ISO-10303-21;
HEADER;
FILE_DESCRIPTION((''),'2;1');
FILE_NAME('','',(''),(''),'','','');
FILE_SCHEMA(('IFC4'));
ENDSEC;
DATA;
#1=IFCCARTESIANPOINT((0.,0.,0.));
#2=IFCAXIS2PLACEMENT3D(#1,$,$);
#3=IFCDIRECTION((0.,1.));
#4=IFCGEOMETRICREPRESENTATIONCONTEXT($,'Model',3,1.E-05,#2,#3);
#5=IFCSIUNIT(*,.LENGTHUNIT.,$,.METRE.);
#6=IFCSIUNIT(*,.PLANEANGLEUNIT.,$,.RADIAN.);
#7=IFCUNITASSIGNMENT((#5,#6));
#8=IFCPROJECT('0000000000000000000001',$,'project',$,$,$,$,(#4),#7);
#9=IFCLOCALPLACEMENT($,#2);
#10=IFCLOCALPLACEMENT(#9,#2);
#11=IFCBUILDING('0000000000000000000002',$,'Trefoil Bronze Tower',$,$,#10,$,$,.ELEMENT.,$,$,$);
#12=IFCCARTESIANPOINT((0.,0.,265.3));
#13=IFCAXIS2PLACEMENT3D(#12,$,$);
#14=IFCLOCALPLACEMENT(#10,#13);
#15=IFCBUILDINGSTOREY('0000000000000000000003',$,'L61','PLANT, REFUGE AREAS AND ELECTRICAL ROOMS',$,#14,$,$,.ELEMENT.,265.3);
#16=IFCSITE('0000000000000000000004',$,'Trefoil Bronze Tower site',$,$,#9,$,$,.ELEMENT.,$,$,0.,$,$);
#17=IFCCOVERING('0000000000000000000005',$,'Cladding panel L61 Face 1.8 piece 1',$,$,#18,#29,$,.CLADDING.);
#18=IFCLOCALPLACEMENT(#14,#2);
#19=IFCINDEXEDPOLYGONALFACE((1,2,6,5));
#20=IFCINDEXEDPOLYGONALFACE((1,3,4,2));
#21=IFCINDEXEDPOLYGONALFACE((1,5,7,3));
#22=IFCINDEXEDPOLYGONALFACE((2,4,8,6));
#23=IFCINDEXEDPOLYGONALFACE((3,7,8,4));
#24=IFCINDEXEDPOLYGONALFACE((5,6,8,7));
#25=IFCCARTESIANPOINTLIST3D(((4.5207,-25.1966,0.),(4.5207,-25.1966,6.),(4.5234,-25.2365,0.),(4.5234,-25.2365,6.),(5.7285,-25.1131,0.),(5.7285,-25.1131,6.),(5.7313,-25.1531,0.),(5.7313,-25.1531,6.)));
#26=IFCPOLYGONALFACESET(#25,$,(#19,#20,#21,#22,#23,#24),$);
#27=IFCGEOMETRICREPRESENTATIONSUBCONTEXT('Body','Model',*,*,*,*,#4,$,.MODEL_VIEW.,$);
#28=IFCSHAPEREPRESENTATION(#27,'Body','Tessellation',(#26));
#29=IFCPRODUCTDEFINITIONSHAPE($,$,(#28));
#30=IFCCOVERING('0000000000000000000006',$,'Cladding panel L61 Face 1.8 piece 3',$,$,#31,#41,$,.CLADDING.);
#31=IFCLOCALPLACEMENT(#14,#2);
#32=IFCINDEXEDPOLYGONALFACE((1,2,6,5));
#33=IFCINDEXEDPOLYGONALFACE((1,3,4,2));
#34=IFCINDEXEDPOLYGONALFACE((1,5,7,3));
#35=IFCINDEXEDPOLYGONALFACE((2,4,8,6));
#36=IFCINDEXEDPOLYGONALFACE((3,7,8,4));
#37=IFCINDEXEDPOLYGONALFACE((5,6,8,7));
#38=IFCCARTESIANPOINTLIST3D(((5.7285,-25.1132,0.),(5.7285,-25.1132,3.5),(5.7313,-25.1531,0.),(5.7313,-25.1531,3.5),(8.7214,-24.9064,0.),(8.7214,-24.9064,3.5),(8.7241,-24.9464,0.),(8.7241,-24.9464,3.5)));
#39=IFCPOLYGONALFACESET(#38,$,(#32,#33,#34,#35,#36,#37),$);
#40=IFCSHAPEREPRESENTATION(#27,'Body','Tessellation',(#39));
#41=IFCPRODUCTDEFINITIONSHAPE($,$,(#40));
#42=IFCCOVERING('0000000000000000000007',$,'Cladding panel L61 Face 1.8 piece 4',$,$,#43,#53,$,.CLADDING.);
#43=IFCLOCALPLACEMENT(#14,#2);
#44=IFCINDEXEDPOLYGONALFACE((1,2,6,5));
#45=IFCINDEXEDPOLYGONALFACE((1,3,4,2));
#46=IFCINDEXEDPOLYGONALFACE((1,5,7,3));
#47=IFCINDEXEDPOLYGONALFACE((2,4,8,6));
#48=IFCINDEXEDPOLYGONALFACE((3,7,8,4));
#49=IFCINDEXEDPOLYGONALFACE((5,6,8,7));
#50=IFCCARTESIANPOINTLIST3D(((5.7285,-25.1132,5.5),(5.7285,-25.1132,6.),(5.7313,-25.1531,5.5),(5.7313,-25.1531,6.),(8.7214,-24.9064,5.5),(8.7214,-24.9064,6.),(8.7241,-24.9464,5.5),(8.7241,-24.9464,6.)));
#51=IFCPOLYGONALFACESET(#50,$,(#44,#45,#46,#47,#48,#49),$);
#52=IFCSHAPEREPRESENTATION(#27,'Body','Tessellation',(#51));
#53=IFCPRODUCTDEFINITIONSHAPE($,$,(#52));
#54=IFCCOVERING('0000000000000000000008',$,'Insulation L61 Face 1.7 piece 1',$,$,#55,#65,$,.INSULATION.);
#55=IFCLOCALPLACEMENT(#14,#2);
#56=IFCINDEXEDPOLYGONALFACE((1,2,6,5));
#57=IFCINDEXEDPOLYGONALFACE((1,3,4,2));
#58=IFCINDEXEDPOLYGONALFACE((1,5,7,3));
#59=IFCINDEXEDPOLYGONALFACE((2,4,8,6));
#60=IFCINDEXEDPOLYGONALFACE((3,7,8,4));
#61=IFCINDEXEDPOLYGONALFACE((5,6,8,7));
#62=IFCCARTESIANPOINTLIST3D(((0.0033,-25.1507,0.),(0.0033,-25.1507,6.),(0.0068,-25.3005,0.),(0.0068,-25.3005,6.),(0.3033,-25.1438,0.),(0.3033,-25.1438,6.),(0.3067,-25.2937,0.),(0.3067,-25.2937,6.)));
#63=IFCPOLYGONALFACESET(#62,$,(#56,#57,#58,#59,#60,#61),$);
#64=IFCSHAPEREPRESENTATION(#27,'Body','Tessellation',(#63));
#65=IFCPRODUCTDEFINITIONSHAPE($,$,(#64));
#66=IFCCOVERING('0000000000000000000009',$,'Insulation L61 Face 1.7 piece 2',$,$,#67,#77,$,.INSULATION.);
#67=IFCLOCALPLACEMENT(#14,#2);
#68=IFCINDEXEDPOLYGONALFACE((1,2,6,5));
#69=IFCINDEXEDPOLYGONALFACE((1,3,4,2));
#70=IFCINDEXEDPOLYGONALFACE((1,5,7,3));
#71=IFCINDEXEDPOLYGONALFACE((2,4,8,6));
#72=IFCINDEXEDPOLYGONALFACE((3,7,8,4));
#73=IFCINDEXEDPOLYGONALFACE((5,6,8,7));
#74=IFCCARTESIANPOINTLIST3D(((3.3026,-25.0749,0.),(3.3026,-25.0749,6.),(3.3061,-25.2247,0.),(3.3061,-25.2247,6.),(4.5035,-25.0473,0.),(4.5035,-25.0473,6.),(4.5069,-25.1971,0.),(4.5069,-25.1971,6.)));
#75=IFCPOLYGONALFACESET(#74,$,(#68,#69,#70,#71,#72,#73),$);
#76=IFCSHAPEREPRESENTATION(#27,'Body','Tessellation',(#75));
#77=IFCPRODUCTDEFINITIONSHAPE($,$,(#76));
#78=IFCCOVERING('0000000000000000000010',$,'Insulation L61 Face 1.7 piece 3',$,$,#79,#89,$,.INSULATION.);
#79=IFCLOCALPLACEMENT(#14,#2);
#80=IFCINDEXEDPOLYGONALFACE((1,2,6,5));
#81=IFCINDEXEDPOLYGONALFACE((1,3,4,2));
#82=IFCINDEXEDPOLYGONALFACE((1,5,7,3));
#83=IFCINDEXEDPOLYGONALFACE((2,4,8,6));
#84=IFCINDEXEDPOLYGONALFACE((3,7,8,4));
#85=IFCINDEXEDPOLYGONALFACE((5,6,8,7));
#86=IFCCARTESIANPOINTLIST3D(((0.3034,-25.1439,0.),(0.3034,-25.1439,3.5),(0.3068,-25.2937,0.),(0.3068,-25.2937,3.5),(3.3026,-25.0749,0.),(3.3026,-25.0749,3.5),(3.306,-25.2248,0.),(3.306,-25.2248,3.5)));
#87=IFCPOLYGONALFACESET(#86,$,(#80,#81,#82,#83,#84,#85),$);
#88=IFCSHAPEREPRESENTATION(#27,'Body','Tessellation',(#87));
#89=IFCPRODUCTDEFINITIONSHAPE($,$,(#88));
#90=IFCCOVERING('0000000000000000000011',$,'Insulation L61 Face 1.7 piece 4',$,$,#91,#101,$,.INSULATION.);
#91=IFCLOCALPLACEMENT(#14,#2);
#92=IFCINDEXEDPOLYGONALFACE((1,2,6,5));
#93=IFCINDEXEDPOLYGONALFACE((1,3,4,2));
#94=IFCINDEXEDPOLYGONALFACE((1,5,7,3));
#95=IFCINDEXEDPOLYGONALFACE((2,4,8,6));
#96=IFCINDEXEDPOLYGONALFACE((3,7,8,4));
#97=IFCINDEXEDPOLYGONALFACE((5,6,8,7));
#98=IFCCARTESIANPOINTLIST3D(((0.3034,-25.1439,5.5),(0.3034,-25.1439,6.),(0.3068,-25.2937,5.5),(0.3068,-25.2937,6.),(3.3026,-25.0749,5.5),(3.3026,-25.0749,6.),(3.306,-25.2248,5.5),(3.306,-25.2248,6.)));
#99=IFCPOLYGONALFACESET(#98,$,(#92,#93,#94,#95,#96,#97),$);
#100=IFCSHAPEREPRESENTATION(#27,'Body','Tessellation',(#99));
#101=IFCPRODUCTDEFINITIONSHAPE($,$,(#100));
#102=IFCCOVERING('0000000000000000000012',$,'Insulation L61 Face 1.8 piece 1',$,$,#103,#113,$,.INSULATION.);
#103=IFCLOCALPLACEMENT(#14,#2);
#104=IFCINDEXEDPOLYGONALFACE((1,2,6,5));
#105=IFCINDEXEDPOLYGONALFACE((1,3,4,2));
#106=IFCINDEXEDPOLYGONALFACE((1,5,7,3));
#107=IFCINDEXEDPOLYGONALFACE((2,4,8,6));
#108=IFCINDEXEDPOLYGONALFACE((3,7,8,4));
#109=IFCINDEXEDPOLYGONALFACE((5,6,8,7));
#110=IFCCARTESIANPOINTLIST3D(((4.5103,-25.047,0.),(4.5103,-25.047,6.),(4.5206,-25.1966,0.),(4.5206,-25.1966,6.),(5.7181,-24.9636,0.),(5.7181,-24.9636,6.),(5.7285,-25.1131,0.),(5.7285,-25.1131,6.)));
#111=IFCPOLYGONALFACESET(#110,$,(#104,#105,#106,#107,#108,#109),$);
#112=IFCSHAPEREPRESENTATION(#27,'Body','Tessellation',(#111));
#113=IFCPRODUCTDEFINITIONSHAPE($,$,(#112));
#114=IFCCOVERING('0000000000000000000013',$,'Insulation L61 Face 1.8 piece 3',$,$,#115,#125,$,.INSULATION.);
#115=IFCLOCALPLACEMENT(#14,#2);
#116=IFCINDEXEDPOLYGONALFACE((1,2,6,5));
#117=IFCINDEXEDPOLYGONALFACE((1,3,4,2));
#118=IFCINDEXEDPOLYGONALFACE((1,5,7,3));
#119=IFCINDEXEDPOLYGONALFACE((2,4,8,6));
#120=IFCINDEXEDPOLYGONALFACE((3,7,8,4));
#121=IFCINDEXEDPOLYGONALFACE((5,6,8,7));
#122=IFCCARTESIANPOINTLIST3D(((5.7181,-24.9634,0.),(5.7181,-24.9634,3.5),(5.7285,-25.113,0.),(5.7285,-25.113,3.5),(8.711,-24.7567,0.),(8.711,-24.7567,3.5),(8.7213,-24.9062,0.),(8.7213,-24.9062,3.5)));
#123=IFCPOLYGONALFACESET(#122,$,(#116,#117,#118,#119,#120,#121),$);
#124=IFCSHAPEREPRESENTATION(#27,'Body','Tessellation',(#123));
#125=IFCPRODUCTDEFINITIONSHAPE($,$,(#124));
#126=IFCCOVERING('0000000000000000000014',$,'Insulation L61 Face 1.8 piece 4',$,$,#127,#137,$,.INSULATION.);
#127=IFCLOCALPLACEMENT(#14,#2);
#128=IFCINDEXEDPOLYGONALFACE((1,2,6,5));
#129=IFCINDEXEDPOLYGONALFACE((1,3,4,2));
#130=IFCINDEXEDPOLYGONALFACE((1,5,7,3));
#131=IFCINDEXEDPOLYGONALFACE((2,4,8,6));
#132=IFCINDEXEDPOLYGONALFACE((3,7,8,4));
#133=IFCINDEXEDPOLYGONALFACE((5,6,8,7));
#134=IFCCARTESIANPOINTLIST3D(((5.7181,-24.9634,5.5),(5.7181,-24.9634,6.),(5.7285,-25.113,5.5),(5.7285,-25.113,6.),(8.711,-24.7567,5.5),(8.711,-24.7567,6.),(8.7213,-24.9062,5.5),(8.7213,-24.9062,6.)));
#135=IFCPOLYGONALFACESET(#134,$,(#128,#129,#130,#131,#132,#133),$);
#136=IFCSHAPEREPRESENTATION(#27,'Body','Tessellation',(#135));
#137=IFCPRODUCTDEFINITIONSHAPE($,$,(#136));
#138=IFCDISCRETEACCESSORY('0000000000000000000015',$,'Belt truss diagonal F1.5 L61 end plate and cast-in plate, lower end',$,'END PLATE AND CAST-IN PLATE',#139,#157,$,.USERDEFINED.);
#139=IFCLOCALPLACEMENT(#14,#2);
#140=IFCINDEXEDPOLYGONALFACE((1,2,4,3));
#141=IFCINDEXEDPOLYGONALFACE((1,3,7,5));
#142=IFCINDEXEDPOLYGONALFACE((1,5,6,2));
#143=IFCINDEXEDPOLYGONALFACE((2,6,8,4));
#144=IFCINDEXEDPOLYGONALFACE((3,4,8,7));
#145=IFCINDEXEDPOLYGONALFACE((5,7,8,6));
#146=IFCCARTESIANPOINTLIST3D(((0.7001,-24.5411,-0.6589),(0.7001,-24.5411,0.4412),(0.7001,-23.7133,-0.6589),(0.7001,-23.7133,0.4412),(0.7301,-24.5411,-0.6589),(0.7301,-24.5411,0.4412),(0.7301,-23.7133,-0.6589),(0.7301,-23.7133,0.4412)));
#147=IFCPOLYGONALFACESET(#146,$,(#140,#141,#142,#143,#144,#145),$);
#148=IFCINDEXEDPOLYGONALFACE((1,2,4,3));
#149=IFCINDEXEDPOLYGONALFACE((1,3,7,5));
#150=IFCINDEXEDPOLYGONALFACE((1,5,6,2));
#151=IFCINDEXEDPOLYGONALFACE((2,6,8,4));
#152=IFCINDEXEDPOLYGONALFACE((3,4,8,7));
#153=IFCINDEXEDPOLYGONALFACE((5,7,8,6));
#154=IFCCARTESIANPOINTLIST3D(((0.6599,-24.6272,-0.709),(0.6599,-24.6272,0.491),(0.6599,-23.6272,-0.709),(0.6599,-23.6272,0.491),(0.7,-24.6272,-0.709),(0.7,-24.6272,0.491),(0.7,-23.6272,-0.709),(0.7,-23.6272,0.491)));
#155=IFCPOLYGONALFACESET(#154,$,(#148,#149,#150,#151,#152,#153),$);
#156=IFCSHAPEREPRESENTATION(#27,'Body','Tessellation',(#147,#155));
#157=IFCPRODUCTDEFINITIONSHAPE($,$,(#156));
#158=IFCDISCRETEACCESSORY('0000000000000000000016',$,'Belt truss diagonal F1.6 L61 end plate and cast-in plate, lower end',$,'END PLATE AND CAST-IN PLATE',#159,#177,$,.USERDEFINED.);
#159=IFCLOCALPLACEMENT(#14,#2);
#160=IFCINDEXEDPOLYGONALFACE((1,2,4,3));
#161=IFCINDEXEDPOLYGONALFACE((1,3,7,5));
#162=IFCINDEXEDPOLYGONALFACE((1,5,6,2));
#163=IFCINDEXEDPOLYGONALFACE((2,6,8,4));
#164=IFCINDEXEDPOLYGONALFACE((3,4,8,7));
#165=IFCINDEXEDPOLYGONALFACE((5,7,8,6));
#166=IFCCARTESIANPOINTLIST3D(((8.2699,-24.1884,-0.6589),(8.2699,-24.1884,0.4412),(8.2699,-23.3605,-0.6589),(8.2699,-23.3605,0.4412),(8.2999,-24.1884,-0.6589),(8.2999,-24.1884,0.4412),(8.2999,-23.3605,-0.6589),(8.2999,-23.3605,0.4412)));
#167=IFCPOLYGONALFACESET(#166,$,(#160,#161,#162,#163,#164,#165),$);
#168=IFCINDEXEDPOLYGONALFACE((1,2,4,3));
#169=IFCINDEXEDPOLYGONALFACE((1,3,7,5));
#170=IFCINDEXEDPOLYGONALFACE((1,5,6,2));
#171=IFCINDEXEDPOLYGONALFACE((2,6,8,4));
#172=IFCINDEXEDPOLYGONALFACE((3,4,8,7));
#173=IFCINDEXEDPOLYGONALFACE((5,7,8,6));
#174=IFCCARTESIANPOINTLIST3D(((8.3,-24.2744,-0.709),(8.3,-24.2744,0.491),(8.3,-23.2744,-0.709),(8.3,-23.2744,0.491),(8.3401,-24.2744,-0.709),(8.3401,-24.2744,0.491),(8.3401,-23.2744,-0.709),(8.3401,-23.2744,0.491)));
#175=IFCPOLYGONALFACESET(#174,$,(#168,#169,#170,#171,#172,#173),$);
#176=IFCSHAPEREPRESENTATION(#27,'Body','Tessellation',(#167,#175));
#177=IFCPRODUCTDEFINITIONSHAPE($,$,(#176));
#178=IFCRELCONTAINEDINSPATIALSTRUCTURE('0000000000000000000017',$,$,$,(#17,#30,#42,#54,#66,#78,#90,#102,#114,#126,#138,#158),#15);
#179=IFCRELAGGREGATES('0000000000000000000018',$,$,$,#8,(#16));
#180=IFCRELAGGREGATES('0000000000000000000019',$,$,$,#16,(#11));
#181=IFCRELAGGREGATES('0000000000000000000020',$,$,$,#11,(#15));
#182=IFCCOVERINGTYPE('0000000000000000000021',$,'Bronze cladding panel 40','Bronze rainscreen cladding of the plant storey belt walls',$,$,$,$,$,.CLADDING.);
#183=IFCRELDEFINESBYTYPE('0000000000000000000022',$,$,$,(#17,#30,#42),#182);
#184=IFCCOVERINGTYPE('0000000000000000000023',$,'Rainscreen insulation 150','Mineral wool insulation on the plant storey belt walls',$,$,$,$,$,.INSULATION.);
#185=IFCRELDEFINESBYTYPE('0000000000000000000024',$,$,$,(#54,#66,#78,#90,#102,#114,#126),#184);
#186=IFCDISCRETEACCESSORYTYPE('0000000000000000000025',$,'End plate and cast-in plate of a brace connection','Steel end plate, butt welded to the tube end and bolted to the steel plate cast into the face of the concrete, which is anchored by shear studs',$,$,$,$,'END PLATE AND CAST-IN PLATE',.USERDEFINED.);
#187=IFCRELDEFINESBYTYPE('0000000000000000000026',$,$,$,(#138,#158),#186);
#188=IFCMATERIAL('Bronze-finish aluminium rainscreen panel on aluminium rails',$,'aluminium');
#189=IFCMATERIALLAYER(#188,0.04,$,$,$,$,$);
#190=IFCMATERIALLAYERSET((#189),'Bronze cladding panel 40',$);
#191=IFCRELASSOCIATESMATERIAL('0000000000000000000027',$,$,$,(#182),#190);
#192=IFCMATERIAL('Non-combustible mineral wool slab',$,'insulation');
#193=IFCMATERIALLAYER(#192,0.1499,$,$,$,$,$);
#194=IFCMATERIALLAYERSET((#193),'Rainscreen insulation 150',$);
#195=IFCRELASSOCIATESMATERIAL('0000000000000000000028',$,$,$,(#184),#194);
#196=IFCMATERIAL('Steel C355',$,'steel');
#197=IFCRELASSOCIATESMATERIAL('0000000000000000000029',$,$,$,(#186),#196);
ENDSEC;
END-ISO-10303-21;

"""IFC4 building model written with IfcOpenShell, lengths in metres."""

from ifc_helpers import new_model, si_unit, direction, frame, origin, origin_2d, place, context, subcontext, project, spatial, rectangle, extrude, material, layer, layer_set, type_object, element, save


model = new_model("IFC4")

# Units and contexts
model_context = context("Model", 3, precision=1e-05, world=origin(), true_north=direction((0.0, 1.0)))
body_context = subcontext(model_context, "Body", "Model", "MODEL_VIEW")
ifc_project = project(units=[si_unit("LENGTHUNIT", "METRE"), si_unit("PLANEANGLEUNIT", "RADIAN")], contexts=[model_context])

# Site, building, storey
site_placement = place(None, origin())
site = spatial("IfcSite", under=ifc_project, at=site_placement, Name="Trefoil Bronze Tower site", CompositionType="ELEMENT", RefElevation=0.0)
building_placement = place(site_placement, origin())
building = spatial("IfcBuilding", under=site, at=building_placement, Name="Trefoil Bronze Tower", CompositionType="ELEMENT")
storey_placement = place(building_placement, frame((0.0, 0.0, 265.3)))
storey = spatial("IfcBuildingStorey", under=building, at=storey_placement, Name="L61", Description="PLANT, REFUGE AREAS AND ELECTRICAL ROOMS", CompositionType="ELEMENT", Elevation=265.3)

# Coverings
ifc_material_1 = material(Name="Bronze-finish aluminium rainscreen panel on aluminium rails", Category="aluminium")
ifc_layer_1 = layer(ifc_material_1, 0.04)
ifc_layer_set_1 = layer_set([ifc_layer_1], Name="Bronze cladding panel 40")
covering_type_1 = type_object("IfcCoveringType", Name="Bronze cladding panel 40", Description="Bronze rainscreen cladding of the plant storey belt walls", PredefinedType="CLADDING", material=ifc_layer_set_1)
covering_1_placement = place(storey_placement, frame((5.126, -25.1748, 0.0), z_axis=(0.0, 0.0, 1.0), x_axis=(0.997623, 0.068915, 0.0)))
element("IfcCovering", 1, at=covering_1_placement, inside=storey, type_object=covering_type_1, Name="Cladding panel L61 Face 1.8 piece 1", PredefinedType="CLADDING", context=body_context, shape_type="SweptSolid", body=[
    extrude(rectangle(XDim=1.2107, YDim=0.04, at=origin_2d()), origin(), (0.0, 0.0, 1.0), 6.0),
])
covering_2_placement = place(storey_placement, frame((7.2263, -25.0298, 0.0), z_axis=(0.0, 0.0, 1.0), x_axis=(0.997623, 0.068915, 0.0)))
element("IfcCovering", 2, at=covering_2_placement, inside=storey, type_object=covering_type_1, Name="Cladding panel L61 Face 1.8 piece 3", PredefinedType="CLADDING", context=body_context, shape_type="SweptSolid", body=[
    extrude(rectangle(XDim=3.0, YDim=0.04, at=origin_2d()), origin(), (0.0, 0.0, 1.0), 3.5),
])
covering_3_placement = place(storey_placement, frame((7.2263, -25.0298, 5.5), z_axis=(0.0, 0.0, 1.0), x_axis=(0.997623, 0.068915, 0.0)))
element("IfcCovering", 3, at=covering_3_placement, inside=storey, type_object=covering_type_1, Name="Cladding panel L61 Face 1.8 piece 4", PredefinedType="CLADDING", context=body_context, shape_type="SweptSolid", body=[
    extrude(rectangle(XDim=3.0, YDim=0.04, at=origin_2d()), origin(), (0.0, 0.0, 1.0), 0.5),
])
ifc_material_2 = material(Name="Non-combustible mineral wool slab", Category="insulation")
ifc_layer_2 = layer(ifc_material_2, 0.1499)
ifc_layer_set_2 = layer_set([ifc_layer_2], Name="Rainscreen insulation 150")
covering_type_2 = type_object("IfcCoveringType", Name="Rainscreen insulation 150", Description="Mineral wool insulation on the plant storey belt walls", PredefinedType="INSULATION", material=ifc_layer_set_2)
covering_4_placement = place(storey_placement, frame((0.155, -25.2222, 0.0), z_axis=(0.0, 0.0, 1.0), x_axis=(0.999736, 0.022972, 0.0)))
element("IfcCovering", 4, at=covering_4_placement, inside=storey, type_object=covering_type_2, Name="Insulation L61 Face 1.7 piece 1", PredefinedType="INSULATION", context=body_context, shape_type="SweptSolid", body=[
    extrude(rectangle(XDim=0.3, YDim=0.1499, at=origin_2d()), origin(), (0.0, 0.0, 1.0), 6.0),
])
covering_5_placement = place(storey_placement, frame((3.9048, -25.136, 0.0), z_axis=(0.0, 0.0, 1.0), x_axis=(0.999736, 0.022972, 0.0)))
element("IfcCovering", 5, at=covering_5_placement, inside=storey, type_object=covering_type_2, Name="Insulation L61 Face 1.7 piece 2", PredefinedType="INSULATION", context=body_context, shape_type="SweptSolid", body=[
    extrude(rectangle(XDim=1.2012, YDim=0.1499, at=origin_2d()), origin(), (0.0, 0.0, 1.0), 6.0),
])
covering_6_placement = place(storey_placement, frame((1.8047, -25.1843, 0.0), z_axis=(0.0, 0.0, 1.0), x_axis=(0.999736, 0.022972, 0.0)))
element("IfcCovering", 6, at=covering_6_placement, inside=storey, type_object=covering_type_2, Name="Insulation L61 Face 1.7 piece 3", PredefinedType="INSULATION", context=body_context, shape_type="SweptSolid", body=[
    extrude(rectangle(XDim=3.0, YDim=0.1499, at=origin_2d()), origin(), (0.0, 0.0, 1.0), 3.5),
])
covering_7_placement = place(storey_placement, frame((1.8047, -25.1843, 5.5), z_axis=(0.0, 0.0, 1.0), x_axis=(0.999736, 0.022972, 0.0)))
element("IfcCovering", 7, at=covering_7_placement, inside=storey, type_object=covering_type_2, Name="Insulation L61 Face 1.7 piece 4", PredefinedType="INSULATION", context=body_context, shape_type="SweptSolid", body=[
    extrude(rectangle(XDim=3.0, YDim=0.1499, at=origin_2d()), origin(), (0.0, 0.0, 1.0), 0.5),
])
covering_8_placement = place(storey_placement, frame((5.1194, -25.0801, 0.0), z_axis=(0.0, 0.0, 1.0), x_axis=(0.997623, 0.068915, 0.0)))
element("IfcCovering", 8, at=covering_8_placement, inside=storey, type_object=covering_type_2, Name="Insulation L61 Face 1.8 piece 1", PredefinedType="INSULATION", context=body_context, shape_type="SweptSolid", body=[
    extrude(rectangle(XDim=1.2107, YDim=0.1499, at=origin_2d()), origin(), (0.0, 0.0, 1.0), 6.0),
])
covering_9_placement = place(storey_placement, frame((7.2197, -24.9348, 0.0), z_axis=(0.0, 0.0, 1.0), x_axis=(0.997623, 0.068915, 0.0)))
element("IfcCovering", 9, at=covering_9_placement, inside=storey, type_object=covering_type_2, Name="Insulation L61 Face 1.8 piece 3", PredefinedType="INSULATION", context=body_context, shape_type="SweptSolid", body=[
    extrude(rectangle(XDim=3.0, YDim=0.1499, at=origin_2d()), origin(), (0.0, 0.0, 1.0), 3.5),
])
covering_10_placement = place(storey_placement, frame((7.2197, -24.9348, 5.5), z_axis=(0.0, 0.0, 1.0), x_axis=(0.997623, 0.068915, 0.0)))
element("IfcCovering", 10, at=covering_10_placement, inside=storey, type_object=covering_type_2, Name="Insulation L61 Face 1.8 piece 4", PredefinedType="INSULATION", context=body_context, shape_type="SweptSolid", body=[
    extrude(rectangle(XDim=3.0, YDim=0.1499, at=origin_2d()), origin(), (0.0, 0.0, 1.0), 0.5),
])

# Discrete accessories
ifc_material_3 = material(Name="Steel C355", Category="steel")
discrete_accessory_type = type_object("IfcDiscreteAccessoryType", Name="End plate and cast-in plate of a brace connection", Description="Steel end plate, butt welded to the tube end and bolted to the steel plate cast into the face of the concrete, which is anchored by shear studs", ElementType="END PLATE AND CAST-IN PLATE", PredefinedType="USERDEFINED", material=ifc_material_3)
for number, where, z_axis, x_axis, name in (
    (11, (0.7, -24.1272, -0.1089), (0.0, 0.0, 1.0), (1.0, 0.0, 0.0), "Belt truss diagonal F1.5 L61 end plate and cast-in plate, lower end"),
    (12, (8.3, -23.7744, -0.1089), (0.0, 0.0, 1.0), (-1.0, 0.0, 0.0), "Belt truss diagonal F1.6 L61 end plate and cast-in plate, lower end"),
):
    element("IfcDiscreteAccessory", number, at=place(storey_placement, frame(where, z_axis=z_axis, x_axis=x_axis)), inside=storey, type_object=discrete_accessory_type, Name=name, ObjectType="END PLATE AND CAST-IN PLATE", PredefinedType="USERDEFINED", context=body_context, shape_type="SweptSolid", body=[
        extrude(rectangle(XDim=0.03, YDim=0.8279, at=origin_2d()), frame((0.0151, 0.0, -0.55)), (0.0, 0.0, 1.0), 1.1001),
        extrude(rectangle(XDim=0.04, YDim=1.0, at=origin_2d()), frame((-0.02, 0.0, -0.6001)), (0.0, 0.0, 1.0), 1.2),
    ])

save(model, "model.ifc")
